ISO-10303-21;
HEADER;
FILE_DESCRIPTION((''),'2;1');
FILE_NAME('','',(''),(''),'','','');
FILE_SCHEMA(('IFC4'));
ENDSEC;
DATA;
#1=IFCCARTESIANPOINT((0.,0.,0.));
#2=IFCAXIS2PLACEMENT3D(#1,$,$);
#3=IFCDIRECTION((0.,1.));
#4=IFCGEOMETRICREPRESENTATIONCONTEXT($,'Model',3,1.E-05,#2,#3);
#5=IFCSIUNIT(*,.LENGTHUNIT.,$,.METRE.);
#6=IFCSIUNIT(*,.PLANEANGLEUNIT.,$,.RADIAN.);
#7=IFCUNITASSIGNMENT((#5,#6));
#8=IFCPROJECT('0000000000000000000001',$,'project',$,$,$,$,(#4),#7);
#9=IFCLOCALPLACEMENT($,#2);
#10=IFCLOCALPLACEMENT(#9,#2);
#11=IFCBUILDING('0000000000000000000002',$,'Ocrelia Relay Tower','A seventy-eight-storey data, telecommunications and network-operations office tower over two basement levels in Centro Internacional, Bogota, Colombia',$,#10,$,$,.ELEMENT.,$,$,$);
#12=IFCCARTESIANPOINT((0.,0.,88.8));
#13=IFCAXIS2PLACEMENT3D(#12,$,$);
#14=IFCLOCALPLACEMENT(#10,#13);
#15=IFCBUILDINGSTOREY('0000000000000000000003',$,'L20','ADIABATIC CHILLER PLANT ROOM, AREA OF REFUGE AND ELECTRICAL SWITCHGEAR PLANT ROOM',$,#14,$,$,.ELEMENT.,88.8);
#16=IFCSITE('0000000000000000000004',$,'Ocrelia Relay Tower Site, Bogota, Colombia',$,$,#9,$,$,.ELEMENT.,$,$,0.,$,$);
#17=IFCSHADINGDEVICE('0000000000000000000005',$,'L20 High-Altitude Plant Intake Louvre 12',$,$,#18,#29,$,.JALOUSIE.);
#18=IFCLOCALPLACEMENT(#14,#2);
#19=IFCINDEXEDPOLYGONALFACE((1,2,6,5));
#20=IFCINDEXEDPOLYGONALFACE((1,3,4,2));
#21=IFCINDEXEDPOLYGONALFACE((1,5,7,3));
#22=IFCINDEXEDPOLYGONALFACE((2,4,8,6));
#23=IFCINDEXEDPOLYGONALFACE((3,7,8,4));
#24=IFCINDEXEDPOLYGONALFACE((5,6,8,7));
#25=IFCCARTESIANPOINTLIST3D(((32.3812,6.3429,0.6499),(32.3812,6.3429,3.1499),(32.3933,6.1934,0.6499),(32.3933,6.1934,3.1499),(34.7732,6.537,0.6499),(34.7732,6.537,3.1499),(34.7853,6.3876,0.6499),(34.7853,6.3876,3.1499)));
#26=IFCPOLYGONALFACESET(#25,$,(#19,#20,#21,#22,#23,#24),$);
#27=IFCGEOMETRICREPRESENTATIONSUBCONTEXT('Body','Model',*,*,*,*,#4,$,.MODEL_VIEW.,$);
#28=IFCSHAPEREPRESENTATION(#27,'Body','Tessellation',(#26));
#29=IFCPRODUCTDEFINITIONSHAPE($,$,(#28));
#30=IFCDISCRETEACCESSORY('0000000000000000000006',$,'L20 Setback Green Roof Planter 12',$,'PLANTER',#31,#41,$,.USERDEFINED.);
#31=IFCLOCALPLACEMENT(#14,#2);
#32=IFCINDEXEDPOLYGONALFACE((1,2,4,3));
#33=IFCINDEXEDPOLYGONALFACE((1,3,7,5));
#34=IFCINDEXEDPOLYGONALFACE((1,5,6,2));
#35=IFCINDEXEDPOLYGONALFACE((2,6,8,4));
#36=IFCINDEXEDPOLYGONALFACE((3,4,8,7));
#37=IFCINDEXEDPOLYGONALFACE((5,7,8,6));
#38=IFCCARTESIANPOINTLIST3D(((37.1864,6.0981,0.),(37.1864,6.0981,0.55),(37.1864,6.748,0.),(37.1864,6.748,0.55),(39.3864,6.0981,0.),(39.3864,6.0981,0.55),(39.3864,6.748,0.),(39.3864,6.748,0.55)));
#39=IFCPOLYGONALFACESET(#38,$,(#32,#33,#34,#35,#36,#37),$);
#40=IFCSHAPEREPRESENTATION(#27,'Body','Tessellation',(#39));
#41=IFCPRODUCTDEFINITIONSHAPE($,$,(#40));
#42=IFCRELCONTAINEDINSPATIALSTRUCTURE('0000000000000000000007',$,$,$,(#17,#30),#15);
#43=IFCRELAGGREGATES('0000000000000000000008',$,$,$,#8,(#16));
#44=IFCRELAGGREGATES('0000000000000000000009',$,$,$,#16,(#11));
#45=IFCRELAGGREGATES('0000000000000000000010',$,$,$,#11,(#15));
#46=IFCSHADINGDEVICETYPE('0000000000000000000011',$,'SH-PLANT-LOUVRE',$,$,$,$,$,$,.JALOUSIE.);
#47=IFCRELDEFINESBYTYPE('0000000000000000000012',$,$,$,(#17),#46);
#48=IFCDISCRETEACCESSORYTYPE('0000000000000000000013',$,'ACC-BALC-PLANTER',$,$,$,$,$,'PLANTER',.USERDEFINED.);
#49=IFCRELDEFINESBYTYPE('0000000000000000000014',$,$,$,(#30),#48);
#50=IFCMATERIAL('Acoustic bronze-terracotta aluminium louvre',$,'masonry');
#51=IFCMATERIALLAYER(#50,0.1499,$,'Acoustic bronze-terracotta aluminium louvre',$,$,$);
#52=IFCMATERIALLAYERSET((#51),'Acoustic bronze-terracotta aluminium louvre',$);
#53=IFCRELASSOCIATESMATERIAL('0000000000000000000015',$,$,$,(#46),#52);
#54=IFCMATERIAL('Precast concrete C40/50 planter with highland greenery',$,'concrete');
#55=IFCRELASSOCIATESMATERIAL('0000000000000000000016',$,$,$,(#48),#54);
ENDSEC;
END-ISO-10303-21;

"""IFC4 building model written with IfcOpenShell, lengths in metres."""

from ifc_helpers import new_model, si_unit, direction, frame, origin, origin_2d, place, context, subcontext, project, spatial, rectangle, extrude, material, layer, layer_set, type_object, element, save


model = new_model("IFC4")

# Units and contexts
model_context = context("Model", 3, precision=1e-05, world=origin(), true_north=direction((0.0, 1.0)))
body_context = subcontext(model_context, "Body", "Model", "MODEL_VIEW")
ifc_project = project(units=[si_unit("LENGTHUNIT", "METRE"), si_unit("PLANEANGLEUNIT", "RADIAN")], contexts=[model_context])

# Site, building, storey
site_placement = place(None, origin())
site = spatial("IfcSite", under=ifc_project, at=site_placement, Name="Ocrelia Relay Tower Site, Bogota, Colombia", CompositionType="ELEMENT", RefElevation=0.0)
building_placement = place(site_placement, origin())
building = spatial("IfcBuilding", under=site, at=building_placement, Name="Ocrelia Relay Tower", Description="A seventy-eight-storey data, telecommunications and network-operations office tower over two basement levels in Centro Internacional, Bogota, Colombia", CompositionType="ELEMENT")
storey_placement = place(building_placement, frame((0.0, 0.0, 88.8)))
storey = spatial("IfcBuildingStorey", under=building, at=storey_placement, Name="L20", Description="ADIABATIC CHILLER PLANT ROOM, AREA OF REFUGE AND ELECTRICAL SWITCHGEAR PLANT ROOM", CompositionType="ELEMENT", Elevation=88.8)

# Shading device
ifc_material_1 = material(Name="Acoustic bronze-terracotta aluminium louvre", Category="masonry")
ifc_layer_1 = layer(ifc_material_1, 0.1499, Name="Acoustic bronze-terracotta aluminium louvre")
ifc_layer_set_1 = layer_set([ifc_layer_1], Name="Acoustic bronze-terracotta aluminium louvre")
shading_device_type = type_object("IfcShadingDeviceType", Name="SH-PLANT-LOUVRE", PredefinedType="JALOUSIE", material=ifc_layer_set_1)
shading_device_placement = place(storey_placement, frame((33.5833, 6.3652, 0.6499), z_axis=(0.0, 0.0, 1.0), x_axis=(0.996721, 0.080911, 0.0)))
element("IfcShadingDevice", 1, at=shading_device_placement, inside=storey, type_object=shading_device_type, Name="L20 High-Altitude Plant Intake Louvre 12", PredefinedType="JALOUSIE", context=body_context, shape_type="SweptSolid", body=[
    extrude(rectangle(XDim=2.3999, YDim=0.1499, at=origin_2d()), origin(), (0.0, 0.0, 1.0), 2.5),
])

# Discrete accessory
ifc_material_2 = material(Name="Precast concrete C40/50 planter with highland greenery", Category="concrete")
discrete_accessory_type = type_object("IfcDiscreteAccessoryType", Name="ACC-BALC-PLANTER", ElementType="PLANTER", PredefinedType="USERDEFINED", material=ifc_material_2)
discrete_accessory_placement = place(storey_placement, frame((38.2864, 6.4231, 0.0), z_axis=(0.0, 0.0, 1.0), x_axis=(1.0, 0.0, 0.0)))
element("IfcDiscreteAccessory", 2, at=discrete_accessory_placement, inside=storey, type_object=discrete_accessory_type, Name="L20 Setback Green Roof Planter 12", ObjectType="PLANTER", PredefinedType="USERDEFINED", context=body_context, shape_type="SweptSolid", body=[
    extrude(rectangle(XDim=2.2, YDim=0.6499, at=origin_2d()), origin(), (0.0, 0.0, 1.0), 0.55),
])

save(model, "model.ifc")
